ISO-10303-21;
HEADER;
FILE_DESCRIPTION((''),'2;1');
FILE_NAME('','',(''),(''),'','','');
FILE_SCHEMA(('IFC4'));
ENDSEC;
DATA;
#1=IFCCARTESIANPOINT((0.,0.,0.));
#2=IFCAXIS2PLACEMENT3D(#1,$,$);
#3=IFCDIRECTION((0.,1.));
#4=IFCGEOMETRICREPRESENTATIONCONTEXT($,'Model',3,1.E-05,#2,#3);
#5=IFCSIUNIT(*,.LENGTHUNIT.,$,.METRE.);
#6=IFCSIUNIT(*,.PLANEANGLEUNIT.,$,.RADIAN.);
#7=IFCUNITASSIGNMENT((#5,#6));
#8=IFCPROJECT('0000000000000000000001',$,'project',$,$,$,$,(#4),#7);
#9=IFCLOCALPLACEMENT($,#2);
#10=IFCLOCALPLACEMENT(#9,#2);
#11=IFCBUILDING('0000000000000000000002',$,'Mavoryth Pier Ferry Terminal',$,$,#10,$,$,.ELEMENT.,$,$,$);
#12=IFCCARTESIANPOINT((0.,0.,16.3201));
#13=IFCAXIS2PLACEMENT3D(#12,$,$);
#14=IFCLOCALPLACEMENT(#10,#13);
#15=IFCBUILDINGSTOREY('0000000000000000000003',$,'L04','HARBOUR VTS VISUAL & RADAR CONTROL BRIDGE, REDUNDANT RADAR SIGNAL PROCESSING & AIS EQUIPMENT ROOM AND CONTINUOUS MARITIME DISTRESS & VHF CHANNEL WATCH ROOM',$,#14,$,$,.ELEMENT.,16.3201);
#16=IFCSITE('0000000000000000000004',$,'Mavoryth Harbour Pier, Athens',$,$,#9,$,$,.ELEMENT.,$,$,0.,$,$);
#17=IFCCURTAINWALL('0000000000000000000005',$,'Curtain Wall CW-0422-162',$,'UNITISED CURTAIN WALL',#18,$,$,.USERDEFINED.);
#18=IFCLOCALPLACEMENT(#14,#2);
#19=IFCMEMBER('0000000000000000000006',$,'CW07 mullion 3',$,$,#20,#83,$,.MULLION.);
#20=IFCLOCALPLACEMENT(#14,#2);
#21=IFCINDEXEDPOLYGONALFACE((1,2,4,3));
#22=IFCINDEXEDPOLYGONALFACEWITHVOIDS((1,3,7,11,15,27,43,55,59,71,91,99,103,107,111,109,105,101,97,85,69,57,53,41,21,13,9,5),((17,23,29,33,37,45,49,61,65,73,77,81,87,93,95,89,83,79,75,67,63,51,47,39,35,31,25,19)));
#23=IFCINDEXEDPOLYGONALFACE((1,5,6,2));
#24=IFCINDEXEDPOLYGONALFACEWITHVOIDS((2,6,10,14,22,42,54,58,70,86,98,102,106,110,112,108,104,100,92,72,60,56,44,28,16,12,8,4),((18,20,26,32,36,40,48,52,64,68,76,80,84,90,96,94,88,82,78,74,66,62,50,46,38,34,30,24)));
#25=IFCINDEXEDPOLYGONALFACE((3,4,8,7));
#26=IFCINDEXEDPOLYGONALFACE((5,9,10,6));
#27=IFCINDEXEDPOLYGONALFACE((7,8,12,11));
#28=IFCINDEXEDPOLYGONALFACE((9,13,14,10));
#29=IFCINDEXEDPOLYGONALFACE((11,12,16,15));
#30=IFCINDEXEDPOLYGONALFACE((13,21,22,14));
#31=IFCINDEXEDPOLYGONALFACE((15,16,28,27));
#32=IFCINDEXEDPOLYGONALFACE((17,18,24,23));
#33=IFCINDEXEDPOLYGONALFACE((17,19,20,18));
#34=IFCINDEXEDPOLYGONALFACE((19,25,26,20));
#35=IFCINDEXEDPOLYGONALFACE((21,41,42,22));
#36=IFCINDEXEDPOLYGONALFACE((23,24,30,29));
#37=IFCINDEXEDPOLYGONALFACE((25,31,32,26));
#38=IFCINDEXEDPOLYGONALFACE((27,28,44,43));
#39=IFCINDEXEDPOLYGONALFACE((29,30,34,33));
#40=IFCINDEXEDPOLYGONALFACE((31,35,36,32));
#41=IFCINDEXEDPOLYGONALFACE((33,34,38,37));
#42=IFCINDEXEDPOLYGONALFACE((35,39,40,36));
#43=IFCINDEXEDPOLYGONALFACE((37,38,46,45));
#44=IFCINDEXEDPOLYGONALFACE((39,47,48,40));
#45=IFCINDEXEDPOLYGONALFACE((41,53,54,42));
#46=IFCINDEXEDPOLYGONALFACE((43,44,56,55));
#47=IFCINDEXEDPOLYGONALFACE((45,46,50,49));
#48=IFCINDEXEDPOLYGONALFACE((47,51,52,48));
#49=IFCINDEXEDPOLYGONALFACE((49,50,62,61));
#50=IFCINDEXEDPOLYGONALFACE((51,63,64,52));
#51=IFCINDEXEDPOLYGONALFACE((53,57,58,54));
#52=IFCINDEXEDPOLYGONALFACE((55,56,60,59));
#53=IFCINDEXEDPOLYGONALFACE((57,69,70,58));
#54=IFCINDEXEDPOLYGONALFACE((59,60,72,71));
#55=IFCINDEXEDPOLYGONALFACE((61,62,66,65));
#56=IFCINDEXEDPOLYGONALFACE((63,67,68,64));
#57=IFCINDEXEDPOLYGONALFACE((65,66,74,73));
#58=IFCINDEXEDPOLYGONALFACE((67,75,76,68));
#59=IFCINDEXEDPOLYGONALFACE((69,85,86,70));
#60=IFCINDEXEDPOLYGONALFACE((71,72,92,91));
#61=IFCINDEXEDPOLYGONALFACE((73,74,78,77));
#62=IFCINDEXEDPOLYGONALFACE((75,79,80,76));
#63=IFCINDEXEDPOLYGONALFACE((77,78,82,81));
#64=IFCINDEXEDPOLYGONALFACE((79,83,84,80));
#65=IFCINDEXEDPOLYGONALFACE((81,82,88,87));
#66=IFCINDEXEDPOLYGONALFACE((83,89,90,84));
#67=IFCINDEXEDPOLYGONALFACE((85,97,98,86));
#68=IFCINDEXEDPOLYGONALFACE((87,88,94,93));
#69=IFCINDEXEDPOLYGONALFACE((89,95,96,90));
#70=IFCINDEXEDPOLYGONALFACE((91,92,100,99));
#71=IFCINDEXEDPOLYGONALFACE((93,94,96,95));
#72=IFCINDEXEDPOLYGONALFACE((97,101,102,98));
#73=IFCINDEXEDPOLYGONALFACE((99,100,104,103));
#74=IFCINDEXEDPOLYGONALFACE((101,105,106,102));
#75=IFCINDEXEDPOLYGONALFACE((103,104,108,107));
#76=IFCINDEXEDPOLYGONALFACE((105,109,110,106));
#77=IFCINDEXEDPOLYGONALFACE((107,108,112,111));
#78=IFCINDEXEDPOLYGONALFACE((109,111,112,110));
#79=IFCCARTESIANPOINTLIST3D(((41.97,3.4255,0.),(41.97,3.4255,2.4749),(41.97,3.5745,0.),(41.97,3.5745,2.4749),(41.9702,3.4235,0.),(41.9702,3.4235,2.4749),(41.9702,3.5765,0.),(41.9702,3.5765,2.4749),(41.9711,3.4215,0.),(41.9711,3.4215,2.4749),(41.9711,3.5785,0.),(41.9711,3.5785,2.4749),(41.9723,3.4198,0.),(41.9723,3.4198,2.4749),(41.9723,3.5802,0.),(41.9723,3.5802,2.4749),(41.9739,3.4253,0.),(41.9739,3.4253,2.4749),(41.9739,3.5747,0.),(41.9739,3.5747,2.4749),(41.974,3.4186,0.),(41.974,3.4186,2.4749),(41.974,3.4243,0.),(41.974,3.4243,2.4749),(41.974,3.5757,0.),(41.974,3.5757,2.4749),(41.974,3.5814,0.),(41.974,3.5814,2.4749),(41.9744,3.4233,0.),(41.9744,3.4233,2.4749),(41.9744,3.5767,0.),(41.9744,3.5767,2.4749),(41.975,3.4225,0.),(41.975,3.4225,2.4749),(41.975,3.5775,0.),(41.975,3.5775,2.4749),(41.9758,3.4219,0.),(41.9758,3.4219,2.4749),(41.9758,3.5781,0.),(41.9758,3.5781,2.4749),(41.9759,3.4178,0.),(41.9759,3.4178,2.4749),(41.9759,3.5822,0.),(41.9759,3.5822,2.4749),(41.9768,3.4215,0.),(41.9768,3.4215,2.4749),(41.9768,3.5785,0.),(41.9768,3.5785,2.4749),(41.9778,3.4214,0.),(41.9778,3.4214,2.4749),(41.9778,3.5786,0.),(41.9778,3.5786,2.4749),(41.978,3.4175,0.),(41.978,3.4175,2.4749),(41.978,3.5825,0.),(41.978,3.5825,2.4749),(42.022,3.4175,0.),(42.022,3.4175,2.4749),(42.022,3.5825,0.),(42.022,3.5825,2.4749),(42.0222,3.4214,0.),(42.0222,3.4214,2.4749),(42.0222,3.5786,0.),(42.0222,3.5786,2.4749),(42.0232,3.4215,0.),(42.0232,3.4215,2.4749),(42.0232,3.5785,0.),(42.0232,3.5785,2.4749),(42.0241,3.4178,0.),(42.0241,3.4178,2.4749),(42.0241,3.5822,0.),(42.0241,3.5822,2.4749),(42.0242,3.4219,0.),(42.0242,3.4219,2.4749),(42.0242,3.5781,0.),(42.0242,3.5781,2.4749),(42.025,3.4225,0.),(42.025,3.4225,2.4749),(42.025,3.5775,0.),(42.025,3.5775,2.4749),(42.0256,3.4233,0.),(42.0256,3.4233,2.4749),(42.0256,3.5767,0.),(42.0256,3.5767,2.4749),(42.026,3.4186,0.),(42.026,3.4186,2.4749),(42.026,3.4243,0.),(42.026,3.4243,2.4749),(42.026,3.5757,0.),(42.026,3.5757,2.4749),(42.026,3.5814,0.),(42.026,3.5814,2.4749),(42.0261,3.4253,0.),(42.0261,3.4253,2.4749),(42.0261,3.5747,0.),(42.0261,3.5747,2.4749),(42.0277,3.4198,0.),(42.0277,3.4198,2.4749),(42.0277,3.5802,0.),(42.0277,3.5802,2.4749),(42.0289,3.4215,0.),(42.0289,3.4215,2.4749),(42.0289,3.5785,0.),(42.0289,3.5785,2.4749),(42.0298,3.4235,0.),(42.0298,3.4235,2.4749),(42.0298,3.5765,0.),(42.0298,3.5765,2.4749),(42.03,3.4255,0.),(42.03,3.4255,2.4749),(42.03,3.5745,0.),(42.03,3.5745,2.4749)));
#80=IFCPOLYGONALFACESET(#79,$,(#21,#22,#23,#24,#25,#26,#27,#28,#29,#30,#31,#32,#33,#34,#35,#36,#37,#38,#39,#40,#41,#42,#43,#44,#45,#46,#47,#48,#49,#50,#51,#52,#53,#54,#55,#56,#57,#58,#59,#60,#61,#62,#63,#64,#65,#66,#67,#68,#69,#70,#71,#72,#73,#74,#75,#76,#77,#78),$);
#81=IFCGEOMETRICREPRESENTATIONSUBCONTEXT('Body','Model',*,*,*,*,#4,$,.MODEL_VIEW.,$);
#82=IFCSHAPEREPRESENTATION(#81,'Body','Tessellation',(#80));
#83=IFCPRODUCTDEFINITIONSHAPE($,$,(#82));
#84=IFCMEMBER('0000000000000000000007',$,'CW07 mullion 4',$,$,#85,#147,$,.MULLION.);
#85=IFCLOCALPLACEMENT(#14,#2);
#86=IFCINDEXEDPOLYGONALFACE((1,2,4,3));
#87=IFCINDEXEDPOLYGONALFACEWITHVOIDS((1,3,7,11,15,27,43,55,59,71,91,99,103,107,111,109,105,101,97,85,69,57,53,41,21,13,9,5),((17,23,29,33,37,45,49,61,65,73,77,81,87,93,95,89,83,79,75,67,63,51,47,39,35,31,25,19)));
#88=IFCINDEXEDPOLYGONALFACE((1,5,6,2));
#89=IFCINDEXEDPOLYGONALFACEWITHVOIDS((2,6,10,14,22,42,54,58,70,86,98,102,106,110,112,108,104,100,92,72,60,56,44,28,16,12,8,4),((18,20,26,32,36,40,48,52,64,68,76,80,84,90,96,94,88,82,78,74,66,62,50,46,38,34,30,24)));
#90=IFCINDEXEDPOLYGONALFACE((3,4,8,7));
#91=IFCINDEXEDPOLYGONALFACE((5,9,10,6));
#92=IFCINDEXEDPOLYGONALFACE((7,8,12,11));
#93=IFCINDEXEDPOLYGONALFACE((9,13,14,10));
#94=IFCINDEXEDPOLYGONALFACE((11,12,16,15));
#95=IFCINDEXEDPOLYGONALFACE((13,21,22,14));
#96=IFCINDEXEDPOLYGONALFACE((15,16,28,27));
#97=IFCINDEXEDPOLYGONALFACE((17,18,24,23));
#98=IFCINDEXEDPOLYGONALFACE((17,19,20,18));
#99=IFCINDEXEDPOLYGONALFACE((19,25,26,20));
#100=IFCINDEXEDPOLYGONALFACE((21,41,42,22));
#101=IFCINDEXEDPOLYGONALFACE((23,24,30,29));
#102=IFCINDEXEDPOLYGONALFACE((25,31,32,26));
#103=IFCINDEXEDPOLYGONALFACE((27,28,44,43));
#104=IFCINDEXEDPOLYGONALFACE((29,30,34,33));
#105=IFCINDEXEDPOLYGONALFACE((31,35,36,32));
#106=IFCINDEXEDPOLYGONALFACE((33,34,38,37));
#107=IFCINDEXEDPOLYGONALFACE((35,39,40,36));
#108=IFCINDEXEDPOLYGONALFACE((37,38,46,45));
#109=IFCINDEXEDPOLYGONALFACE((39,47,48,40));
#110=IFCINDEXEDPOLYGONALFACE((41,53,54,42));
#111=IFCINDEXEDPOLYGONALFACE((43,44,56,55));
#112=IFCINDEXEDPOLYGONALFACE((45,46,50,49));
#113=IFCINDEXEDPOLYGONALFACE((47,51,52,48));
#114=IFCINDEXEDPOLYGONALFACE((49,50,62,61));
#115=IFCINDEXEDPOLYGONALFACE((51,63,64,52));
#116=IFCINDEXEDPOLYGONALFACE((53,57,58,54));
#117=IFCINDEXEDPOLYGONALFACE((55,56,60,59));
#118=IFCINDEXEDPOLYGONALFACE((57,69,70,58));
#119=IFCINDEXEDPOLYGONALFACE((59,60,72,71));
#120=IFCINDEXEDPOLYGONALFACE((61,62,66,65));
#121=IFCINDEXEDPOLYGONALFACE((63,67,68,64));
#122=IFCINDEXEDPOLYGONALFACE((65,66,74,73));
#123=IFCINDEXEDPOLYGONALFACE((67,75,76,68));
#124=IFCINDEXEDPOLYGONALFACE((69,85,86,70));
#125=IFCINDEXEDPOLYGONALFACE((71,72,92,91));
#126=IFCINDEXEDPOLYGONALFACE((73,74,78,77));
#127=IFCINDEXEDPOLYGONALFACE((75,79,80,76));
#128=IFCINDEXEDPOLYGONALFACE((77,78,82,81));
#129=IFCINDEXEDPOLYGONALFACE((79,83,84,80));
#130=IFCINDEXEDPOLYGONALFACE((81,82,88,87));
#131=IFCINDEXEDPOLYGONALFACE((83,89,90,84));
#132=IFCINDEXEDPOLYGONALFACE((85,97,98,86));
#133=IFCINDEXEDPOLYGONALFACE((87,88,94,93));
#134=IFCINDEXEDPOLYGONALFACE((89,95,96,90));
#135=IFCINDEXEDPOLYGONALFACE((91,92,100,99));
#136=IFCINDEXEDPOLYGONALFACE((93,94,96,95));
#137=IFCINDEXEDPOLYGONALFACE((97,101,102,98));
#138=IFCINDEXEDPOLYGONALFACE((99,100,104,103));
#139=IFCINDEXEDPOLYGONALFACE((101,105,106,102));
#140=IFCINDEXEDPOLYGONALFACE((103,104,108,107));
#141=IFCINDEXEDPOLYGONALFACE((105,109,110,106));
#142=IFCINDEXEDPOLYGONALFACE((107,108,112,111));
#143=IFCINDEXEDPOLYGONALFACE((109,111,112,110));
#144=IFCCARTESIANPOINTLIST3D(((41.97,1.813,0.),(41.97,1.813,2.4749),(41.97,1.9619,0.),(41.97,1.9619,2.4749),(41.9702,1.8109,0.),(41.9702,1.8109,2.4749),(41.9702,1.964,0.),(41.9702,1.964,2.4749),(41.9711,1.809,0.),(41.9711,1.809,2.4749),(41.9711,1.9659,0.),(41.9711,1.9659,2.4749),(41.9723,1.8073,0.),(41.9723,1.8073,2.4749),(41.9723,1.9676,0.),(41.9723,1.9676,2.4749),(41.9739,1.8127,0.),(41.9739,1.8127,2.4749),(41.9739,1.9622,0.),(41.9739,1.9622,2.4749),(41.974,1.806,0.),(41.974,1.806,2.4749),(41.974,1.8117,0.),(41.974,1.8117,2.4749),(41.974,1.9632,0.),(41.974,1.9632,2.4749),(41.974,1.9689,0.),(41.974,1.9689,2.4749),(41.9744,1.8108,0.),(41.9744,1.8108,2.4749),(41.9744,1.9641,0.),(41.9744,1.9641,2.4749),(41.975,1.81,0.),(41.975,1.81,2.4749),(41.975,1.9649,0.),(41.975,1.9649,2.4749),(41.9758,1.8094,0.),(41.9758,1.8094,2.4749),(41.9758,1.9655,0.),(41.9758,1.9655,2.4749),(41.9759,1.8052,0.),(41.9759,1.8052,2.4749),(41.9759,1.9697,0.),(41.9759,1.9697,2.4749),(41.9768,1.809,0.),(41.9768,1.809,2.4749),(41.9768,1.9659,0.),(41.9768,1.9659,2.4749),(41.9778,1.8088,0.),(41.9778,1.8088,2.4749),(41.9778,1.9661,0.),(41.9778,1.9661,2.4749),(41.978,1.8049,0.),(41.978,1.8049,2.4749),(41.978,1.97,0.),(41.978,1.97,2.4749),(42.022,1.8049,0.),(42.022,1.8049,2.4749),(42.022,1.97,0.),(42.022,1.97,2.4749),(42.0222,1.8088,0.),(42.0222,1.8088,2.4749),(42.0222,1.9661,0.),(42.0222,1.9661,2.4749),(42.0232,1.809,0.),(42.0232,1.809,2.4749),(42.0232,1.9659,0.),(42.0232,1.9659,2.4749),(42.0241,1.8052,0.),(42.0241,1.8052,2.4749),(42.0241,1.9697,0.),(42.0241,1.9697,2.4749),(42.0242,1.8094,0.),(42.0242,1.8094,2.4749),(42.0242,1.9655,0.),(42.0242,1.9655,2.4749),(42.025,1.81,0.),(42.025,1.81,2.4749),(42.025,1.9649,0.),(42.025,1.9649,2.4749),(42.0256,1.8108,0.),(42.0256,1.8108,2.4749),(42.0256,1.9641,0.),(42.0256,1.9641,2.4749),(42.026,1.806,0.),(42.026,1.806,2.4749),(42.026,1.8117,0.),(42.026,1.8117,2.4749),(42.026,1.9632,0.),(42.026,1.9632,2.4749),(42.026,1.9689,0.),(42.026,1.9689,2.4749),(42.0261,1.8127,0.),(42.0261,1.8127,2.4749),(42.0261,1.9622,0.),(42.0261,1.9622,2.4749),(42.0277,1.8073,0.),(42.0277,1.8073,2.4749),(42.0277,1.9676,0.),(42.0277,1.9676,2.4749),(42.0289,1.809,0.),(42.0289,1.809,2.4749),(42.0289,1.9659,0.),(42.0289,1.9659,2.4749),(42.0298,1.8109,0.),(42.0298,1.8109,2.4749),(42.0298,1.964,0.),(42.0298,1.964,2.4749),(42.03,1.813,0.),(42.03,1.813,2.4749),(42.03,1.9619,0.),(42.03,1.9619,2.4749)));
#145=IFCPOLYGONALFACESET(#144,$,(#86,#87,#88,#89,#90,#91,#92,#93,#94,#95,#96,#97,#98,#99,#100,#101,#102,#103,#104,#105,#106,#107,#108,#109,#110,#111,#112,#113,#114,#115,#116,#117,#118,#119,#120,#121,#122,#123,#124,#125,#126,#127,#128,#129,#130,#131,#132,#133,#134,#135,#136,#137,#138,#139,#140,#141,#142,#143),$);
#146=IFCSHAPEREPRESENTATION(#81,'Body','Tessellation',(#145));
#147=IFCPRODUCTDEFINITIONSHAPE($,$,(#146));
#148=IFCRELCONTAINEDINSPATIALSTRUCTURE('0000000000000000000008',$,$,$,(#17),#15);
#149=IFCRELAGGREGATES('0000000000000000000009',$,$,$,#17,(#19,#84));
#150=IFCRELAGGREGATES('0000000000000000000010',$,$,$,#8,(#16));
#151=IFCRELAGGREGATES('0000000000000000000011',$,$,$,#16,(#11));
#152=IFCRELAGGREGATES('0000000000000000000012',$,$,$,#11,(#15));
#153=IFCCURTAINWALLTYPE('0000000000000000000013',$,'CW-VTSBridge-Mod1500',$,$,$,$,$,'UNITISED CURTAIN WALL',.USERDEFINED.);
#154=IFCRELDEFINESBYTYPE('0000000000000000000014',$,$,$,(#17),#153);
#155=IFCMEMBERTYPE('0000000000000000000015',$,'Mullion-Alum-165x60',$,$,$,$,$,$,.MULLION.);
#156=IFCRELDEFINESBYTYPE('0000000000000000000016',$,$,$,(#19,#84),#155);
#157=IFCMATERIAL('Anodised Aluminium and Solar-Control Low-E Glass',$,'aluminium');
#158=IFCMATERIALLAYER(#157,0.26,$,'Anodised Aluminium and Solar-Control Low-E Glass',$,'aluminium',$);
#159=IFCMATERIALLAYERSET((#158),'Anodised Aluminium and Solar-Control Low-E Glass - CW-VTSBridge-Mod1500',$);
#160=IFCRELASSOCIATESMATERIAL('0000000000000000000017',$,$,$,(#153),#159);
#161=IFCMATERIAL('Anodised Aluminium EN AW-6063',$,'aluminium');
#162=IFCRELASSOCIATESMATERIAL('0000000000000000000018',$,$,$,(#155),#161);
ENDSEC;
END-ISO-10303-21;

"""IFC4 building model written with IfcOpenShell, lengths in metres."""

from ifc_helpers import new_model, si_unit, direction, frame, origin, origin_2d, place, context, subcontext, project, spatial, hollow_rectangle, extrude, material, layer, layer_set, material_profile, profile_set, type_object, element, aggregate, save


model = new_model("IFC4")

# Units and contexts
model_context = context("Model", 3, precision=1e-05, world=origin(), true_north=direction((0.0, 1.0)))
body_context = subcontext(model_context, "Body", "Model", "MODEL_VIEW")
ifc_project = project(units=[si_unit("LENGTHUNIT", "METRE"), si_unit("PLANEANGLEUNIT", "RADIAN")], contexts=[model_context])

# Site, building, storey
site_placement = place(None, origin())
site = spatial("IfcSite", under=ifc_project, at=site_placement, Name="Mavoryth Harbour Pier, Athens", CompositionType="ELEMENT", RefElevation=0.0)
building_placement = place(site_placement, origin())
building = spatial("IfcBuilding", under=site, at=building_placement, Name="Mavoryth Pier Ferry Terminal", CompositionType="ELEMENT")
storey_placement = place(building_placement, frame((0.0, 0.0, 16.3201)))
storey = spatial("IfcBuildingStorey", under=building, at=storey_placement, Name="L04", Description="HARBOUR VTS VISUAL & RADAR CONTROL BRIDGE, REDUNDANT RADAR SIGNAL PROCESSING & AIS EQUIPMENT ROOM AND CONTINUOUS MARITIME DISTRESS & VHF CHANNEL WATCH ROOM", CompositionType="ELEMENT", Elevation=16.3201)

# Curtain wall, members
ifc_material_1 = material(Name="Anodised Aluminium and Solar-Control Low-E Glass", Category="aluminium")
ifc_layer_1 = layer(ifc_material_1, 0.26, Name="Anodised Aluminium and Solar-Control Low-E Glass", Category="aluminium")
ifc_layer_set_1 = layer_set([ifc_layer_1], Name="Anodised Aluminium and Solar-Control Low-E Glass - CW-VTSBridge-Mod1500")
curtain_wall_type = type_object("IfcCurtainWallType", Name="CW-VTSBridge-Mod1500", ElementType="UNITISED CURTAIN WALL", PredefinedType="USERDEFINED", material=ifc_layer_set_1)
curtain_wall_placement = place(storey_placement, origin())
curtain_wall = element("IfcCurtainWall", 1, at=curtain_wall_placement, inside=storey, type_object=curtain_wall_type, Name="Curtain Wall CW-0422-162", ObjectType="UNITISED CURTAIN WALL", PredefinedType="USERDEFINED")
ifc_material_2 = material(Name="Anodised Aluminium EN AW-6063", Category="aluminium")
ifc_material_profile_1 = material_profile(ifc_material_2, hollow_rectangle(XDim=0.0601, YDim=0.165, WallThickness=0.0039, InnerFilletRadius=0.0039, OuterFilletRadius=0.0081, at=origin_2d()), Name="AL-MULL 165x60x4", Category="aluminium")
ifc_profile_set_1 = profile_set([ifc_material_profile_1], Name="Anodised Aluminium EN AW-6063 - AL-MULL 165x60x4")
member_type_1 = type_object("IfcMemberType", Name="Mullion-Alum-165x60", PredefinedType="MULLION", material=ifc_profile_set_1)
member_1_placement = place(storey_placement, frame((42.0, 3.5, 0.0), z_axis=(0.0, 0.0, 1.0), x_axis=(1.0, 0.0, 0.0)))
member_1 = element("IfcMember", 2, at=member_1_placement, type_object=member_type_1, Name="CW07 mullion 3", PredefinedType="MULLION", context=body_context, shape_type="SweptSolid", body=[
    extrude(hollow_rectangle(XDim=0.0601, YDim=0.165, WallThickness=0.0039, InnerFilletRadius=0.0039, OuterFilletRadius=0.0081, at=origin_2d()), origin(), (0.0, 0.0, 1.0), 2.4749),
])
member_2_placement = place(storey_placement, frame((42.0, 1.8875, 0.0), z_axis=(0.0, 0.0, 1.0), x_axis=(1.0, 0.0, 0.0)))
member_2 = element("IfcMember", 3, at=member_2_placement, type_object=member_type_1, Name="CW07 mullion 4", PredefinedType="MULLION", context=body_context, shape_type="SweptSolid", body=[
    extrude(hollow_rectangle(XDim=0.0601, YDim=0.165, WallThickness=0.0039, InnerFilletRadius=0.0039, OuterFilletRadius=0.0081, at=origin_2d()), origin(), (0.0, 0.0, 1.0), 2.4749),
])

aggregate(curtain_wall, [member_1, member_2])

save(model, "model.ifc")
